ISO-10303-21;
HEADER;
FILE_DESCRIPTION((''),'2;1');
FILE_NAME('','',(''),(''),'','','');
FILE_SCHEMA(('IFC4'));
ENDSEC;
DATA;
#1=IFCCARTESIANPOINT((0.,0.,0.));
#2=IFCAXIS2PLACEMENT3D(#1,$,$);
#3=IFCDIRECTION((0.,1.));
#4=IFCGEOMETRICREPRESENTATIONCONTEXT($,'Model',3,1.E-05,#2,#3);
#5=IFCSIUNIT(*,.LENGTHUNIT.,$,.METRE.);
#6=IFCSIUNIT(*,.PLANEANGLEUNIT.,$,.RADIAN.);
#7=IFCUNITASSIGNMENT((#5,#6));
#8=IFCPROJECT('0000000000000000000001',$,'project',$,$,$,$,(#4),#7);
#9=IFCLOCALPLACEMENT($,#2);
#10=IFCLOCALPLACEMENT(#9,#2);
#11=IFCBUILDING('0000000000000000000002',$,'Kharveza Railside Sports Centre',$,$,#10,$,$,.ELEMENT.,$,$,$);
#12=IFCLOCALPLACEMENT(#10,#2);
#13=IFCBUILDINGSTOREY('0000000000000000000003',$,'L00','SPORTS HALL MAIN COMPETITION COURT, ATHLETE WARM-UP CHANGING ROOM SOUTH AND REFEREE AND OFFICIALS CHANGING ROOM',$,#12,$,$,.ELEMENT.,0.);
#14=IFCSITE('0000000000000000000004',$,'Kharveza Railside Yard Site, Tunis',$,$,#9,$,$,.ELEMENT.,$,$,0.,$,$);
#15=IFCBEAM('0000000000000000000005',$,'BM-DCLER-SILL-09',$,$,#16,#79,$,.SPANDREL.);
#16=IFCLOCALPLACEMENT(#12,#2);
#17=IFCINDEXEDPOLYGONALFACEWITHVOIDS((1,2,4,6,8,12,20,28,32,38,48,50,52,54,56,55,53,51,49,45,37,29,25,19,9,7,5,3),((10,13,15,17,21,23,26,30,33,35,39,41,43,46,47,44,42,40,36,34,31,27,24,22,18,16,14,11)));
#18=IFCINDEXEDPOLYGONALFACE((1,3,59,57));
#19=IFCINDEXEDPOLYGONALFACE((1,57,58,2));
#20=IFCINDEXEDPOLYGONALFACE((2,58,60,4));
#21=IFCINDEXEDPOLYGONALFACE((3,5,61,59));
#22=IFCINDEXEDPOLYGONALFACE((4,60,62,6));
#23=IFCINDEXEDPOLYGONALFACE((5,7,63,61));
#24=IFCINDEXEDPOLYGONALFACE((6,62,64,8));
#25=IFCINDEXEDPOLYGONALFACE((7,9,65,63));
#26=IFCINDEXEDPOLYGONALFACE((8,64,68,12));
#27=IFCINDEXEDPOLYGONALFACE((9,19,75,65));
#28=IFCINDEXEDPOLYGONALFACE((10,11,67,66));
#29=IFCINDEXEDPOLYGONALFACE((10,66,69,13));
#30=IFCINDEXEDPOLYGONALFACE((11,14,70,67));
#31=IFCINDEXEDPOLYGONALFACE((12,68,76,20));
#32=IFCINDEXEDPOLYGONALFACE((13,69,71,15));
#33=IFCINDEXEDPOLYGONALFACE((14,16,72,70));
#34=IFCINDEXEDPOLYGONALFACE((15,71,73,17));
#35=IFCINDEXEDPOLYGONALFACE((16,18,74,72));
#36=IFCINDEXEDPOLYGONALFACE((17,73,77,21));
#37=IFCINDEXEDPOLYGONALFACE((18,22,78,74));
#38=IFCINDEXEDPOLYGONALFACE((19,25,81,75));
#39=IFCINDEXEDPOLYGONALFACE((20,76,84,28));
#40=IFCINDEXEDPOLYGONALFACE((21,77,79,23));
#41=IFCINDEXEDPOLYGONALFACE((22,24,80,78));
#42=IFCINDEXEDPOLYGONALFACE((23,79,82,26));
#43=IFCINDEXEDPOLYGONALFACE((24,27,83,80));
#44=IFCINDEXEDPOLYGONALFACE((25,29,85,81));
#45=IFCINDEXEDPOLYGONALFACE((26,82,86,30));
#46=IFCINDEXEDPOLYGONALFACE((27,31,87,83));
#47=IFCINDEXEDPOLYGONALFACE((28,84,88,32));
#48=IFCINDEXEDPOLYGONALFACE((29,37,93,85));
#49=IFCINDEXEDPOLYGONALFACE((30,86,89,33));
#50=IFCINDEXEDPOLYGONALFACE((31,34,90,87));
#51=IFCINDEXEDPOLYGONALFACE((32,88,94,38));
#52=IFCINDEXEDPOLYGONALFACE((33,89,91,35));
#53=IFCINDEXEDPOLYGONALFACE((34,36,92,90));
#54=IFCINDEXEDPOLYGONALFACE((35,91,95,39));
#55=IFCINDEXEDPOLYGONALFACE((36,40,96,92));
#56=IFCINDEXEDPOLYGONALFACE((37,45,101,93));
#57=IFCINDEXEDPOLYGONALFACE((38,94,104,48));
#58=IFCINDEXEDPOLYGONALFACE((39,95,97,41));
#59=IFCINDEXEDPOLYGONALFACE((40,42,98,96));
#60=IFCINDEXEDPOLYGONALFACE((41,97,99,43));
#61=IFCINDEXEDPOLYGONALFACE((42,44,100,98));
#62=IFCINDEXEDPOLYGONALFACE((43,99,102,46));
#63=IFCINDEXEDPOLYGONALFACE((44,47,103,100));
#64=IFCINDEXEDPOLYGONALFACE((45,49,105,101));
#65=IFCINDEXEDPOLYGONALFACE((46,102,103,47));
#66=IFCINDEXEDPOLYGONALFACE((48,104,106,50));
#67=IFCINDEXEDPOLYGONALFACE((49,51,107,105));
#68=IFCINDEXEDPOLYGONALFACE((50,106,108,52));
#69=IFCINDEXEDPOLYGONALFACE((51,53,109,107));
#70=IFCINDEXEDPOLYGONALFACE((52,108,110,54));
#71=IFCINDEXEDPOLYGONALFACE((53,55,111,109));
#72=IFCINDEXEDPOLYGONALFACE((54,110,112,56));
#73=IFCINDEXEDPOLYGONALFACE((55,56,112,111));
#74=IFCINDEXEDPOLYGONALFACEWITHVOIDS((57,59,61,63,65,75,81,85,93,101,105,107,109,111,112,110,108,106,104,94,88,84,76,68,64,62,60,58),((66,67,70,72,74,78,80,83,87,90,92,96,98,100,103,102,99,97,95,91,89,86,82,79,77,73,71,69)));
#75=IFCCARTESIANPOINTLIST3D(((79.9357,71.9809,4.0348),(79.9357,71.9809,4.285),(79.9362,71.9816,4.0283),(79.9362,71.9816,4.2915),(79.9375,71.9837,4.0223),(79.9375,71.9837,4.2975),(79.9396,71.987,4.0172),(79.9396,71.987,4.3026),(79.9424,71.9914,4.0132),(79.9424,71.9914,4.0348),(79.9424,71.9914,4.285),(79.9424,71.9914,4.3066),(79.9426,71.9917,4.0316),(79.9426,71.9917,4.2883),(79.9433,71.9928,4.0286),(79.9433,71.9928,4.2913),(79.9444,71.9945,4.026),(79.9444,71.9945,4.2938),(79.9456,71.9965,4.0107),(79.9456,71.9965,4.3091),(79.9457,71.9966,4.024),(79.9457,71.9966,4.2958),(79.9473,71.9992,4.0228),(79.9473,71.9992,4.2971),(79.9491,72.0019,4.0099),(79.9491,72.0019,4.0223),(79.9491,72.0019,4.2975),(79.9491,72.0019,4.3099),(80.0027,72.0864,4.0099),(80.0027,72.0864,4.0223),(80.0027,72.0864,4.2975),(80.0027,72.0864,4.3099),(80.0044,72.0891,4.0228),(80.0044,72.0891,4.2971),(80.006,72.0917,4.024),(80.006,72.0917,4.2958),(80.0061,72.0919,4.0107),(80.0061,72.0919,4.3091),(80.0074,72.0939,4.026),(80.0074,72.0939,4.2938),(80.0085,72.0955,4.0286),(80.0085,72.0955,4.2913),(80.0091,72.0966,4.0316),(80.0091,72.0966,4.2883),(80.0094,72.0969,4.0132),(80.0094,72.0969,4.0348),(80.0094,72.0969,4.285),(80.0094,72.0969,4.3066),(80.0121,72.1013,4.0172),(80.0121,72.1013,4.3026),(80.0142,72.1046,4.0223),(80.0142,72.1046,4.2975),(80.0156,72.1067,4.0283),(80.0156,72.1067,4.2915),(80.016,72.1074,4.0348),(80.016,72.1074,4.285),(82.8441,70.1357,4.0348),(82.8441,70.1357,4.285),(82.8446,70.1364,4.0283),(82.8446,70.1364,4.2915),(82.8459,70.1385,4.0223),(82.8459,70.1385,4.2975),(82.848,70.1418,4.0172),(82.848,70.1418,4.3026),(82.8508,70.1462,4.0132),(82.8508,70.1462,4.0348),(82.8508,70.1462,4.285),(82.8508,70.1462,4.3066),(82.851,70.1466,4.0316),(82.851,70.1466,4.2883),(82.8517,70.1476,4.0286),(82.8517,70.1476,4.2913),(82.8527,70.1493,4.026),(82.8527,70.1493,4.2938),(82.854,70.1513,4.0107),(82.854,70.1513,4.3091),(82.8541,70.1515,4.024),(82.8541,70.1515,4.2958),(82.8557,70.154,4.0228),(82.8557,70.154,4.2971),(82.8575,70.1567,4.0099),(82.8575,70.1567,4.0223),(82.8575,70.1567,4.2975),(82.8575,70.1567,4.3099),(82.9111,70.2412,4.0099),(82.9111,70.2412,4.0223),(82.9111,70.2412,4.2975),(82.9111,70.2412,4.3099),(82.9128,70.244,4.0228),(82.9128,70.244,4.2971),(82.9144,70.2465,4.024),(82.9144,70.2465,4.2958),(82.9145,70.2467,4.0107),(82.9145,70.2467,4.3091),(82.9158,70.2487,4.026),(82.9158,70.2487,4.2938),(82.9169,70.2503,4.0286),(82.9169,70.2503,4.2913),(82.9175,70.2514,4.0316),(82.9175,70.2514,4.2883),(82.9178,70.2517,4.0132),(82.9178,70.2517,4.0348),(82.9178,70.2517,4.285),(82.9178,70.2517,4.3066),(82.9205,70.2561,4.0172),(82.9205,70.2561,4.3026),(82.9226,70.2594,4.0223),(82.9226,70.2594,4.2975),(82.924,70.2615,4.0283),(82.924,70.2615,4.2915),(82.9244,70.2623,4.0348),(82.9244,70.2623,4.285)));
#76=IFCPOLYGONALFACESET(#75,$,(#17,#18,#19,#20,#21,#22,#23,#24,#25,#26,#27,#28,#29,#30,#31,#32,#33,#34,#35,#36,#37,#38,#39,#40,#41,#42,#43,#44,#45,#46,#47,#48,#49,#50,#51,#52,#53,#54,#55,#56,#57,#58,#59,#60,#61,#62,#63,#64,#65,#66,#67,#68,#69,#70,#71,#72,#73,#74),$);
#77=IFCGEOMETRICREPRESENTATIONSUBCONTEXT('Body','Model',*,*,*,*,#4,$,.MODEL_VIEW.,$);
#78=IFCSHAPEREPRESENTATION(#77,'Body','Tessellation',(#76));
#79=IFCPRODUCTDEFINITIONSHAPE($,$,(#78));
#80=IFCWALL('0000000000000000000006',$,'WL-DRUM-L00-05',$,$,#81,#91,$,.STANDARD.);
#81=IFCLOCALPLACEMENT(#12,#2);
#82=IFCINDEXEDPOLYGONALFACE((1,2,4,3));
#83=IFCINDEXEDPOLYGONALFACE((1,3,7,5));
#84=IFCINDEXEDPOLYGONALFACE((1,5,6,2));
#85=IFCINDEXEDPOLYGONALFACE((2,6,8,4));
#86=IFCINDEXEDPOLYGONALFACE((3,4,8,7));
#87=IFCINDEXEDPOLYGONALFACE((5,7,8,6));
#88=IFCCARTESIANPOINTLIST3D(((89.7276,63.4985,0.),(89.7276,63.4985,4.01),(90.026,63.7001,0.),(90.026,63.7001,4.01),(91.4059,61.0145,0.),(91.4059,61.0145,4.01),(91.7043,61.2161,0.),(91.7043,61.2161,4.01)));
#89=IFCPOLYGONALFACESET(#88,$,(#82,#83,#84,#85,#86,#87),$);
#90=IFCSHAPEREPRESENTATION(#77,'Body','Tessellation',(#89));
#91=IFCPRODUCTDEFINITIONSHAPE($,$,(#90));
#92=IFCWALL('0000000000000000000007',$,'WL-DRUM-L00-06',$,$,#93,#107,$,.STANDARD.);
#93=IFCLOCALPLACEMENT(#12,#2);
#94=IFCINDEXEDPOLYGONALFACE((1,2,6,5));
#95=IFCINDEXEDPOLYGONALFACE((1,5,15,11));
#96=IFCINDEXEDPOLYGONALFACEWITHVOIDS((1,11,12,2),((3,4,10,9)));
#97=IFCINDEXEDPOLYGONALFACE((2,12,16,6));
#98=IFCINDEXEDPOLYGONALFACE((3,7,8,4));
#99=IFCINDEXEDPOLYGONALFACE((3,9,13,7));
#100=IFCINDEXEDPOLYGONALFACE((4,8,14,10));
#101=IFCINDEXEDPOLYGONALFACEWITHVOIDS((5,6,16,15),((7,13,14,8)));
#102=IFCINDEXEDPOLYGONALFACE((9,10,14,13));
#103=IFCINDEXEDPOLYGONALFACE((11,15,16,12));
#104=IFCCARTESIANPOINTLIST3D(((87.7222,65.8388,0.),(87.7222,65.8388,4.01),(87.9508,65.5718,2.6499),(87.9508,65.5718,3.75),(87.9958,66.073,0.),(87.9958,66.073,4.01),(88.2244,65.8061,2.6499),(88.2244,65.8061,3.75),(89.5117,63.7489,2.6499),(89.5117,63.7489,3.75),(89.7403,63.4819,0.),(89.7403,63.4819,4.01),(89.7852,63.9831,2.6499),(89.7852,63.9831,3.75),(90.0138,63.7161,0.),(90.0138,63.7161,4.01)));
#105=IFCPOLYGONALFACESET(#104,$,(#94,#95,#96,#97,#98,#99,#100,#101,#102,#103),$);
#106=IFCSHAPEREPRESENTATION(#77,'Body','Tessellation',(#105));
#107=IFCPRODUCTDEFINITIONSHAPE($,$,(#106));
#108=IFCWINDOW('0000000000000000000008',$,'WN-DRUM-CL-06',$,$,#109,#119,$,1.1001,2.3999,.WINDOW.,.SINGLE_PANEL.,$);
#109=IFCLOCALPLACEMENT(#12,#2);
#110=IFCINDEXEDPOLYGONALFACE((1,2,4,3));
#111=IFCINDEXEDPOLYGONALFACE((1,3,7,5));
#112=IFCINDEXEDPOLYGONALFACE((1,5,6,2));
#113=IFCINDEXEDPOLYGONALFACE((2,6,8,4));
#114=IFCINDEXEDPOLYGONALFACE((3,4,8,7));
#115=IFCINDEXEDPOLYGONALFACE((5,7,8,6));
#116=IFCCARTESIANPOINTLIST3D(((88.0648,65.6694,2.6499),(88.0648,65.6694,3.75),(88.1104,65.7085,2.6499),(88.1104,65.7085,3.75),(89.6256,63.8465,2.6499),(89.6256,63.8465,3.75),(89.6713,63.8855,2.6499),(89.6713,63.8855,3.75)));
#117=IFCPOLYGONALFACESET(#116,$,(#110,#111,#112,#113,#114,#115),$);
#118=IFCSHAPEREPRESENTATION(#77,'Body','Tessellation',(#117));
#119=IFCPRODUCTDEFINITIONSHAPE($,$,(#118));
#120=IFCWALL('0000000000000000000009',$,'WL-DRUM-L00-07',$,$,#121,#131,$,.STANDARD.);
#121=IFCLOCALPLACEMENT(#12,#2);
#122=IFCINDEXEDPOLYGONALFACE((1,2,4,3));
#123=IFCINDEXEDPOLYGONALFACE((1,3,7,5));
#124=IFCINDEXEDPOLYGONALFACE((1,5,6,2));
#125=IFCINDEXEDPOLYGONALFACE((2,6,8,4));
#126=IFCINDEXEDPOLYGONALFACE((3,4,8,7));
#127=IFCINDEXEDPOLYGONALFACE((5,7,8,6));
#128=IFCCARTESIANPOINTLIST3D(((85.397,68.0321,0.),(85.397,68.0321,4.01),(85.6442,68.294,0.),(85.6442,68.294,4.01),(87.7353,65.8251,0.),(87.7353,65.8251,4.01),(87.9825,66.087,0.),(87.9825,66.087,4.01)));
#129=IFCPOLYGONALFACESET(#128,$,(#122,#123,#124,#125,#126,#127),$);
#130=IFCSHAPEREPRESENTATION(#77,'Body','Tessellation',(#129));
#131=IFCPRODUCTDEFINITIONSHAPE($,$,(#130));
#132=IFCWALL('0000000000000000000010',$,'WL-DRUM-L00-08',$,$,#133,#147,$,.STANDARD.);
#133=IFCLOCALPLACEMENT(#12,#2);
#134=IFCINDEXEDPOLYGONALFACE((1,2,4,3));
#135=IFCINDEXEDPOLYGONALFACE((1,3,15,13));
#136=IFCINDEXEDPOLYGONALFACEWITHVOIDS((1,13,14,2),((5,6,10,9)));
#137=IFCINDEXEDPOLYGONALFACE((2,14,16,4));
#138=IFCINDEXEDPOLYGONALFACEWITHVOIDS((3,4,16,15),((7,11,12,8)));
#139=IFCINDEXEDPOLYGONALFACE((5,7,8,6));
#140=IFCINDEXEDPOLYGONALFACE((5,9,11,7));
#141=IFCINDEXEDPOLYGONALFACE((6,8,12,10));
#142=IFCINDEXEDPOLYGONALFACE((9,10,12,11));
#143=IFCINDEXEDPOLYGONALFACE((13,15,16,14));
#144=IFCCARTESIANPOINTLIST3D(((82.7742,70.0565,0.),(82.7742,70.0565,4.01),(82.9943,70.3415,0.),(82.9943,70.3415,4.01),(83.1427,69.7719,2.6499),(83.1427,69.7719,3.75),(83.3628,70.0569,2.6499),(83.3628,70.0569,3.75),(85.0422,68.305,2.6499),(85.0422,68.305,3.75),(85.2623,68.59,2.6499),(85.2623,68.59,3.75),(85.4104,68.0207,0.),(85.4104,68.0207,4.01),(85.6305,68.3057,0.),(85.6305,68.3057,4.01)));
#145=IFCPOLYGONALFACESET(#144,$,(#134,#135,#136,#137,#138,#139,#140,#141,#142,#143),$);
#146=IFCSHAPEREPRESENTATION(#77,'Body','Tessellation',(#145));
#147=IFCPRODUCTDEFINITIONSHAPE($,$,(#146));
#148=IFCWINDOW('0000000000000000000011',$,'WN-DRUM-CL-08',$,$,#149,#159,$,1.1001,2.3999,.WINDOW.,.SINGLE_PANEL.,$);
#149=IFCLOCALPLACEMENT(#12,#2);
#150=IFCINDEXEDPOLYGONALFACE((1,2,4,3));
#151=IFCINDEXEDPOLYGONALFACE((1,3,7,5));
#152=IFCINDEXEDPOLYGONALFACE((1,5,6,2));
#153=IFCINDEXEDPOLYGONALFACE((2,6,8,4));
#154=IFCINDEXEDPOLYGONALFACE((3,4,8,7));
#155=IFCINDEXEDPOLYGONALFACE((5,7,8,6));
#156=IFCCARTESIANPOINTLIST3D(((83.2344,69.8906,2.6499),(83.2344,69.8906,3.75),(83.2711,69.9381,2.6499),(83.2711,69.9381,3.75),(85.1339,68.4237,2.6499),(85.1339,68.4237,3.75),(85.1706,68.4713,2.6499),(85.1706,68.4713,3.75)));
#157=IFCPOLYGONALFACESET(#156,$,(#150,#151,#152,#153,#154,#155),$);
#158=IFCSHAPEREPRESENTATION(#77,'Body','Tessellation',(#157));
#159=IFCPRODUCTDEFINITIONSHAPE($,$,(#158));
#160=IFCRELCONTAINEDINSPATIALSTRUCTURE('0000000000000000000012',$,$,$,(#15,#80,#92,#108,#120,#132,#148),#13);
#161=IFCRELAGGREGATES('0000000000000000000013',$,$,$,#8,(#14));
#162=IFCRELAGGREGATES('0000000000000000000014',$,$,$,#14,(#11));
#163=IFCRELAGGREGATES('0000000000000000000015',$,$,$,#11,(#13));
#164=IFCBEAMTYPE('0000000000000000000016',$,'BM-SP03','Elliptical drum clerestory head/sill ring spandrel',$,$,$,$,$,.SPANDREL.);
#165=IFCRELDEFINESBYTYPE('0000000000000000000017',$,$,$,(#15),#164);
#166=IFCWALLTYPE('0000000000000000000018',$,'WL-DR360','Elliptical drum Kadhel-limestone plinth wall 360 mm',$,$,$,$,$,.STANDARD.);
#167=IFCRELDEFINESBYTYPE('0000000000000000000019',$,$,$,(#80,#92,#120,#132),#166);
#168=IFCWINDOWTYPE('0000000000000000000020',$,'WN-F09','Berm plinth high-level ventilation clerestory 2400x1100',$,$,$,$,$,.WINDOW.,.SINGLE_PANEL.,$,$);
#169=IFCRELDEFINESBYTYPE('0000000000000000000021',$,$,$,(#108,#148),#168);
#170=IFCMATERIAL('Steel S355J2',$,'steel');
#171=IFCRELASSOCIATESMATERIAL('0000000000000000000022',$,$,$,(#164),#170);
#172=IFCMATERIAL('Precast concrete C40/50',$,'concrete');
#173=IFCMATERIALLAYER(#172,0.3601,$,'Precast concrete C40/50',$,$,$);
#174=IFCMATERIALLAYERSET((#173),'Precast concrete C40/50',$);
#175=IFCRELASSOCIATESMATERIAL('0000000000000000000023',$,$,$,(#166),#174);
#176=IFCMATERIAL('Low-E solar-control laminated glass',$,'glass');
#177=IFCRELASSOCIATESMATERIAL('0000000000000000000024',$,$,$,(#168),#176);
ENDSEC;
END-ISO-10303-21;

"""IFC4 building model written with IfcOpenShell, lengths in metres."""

from ifc_helpers import new_model, si_unit, direction, frame, frame_2d, origin, origin_2d, place, context, subcontext, project, spatial, rectangle, hollow_rectangle, extrude, material, layer, layer_set, material_profile, profile_set, type_object, element, fill, save


model = new_model("IFC4")

# Units and contexts
model_context = context("Model", 3, precision=1e-05, world=origin(), true_north=direction((0.0, 1.0)))
body_context = subcontext(model_context, "Body", "Model", "MODEL_VIEW")
ifc_project = project(units=[si_unit("LENGTHUNIT", "METRE"), si_unit("PLANEANGLEUNIT", "RADIAN")], contexts=[model_context])

# Site, building, storey
site_placement = place(None, origin())
site = spatial("IfcSite", under=ifc_project, at=site_placement, Name="Kharveza Railside Yard Site, Tunis", CompositionType="ELEMENT", RefElevation=0.0)
building_placement = place(site_placement, origin())
building = spatial("IfcBuilding", under=site, at=building_placement, Name="Kharveza Railside Sports Centre", CompositionType="ELEMENT")
storey_placement = place(building_placement, origin())
storey = spatial("IfcBuildingStorey", under=building, at=storey_placement, Name="L00", Description="SPORTS HALL MAIN COMPETITION COURT, ATHLETE WARM-UP CHANGING ROOM SOUTH AND REFEREE AND OFFICIALS CHANGING ROOM", CompositionType="ELEMENT", Elevation=0.0)

# Beam
ifc_material_1 = material(Name="Steel S355J2", Category="steel")
ifc_material_profile_1 = material_profile(ifc_material_1, hollow_rectangle(XDim=0.1499, YDim=0.3, WallThickness=0.0125, InnerFilletRadius=0.0125, OuterFilletRadius=0.0249, at=origin_2d()), Name="RHS 150x300x12.5")
ifc_profile_set_1 = profile_set([ifc_material_profile_1], Name="Steel S355J2")
beam_type_1 = type_object("IfcBeamType", Name="BM-SP03", Description="Elliptical drum clerestory head/sill ring spandrel", PredefinedType="SPANDREL", material=ifc_profile_set_1)
beam_1_placement = place(storey_placement, frame((82.8843, 70.199, 4.1599), z_axis=(-0.844399, 0.535715, 0.0), x_axis=(-0.535715, -0.844399, 0.0)))
element("IfcBeam", 1, at=beam_1_placement, inside=storey, type_object=beam_type_1, Name="BM-DCLER-SILL-09", PredefinedType="SPANDREL", context=body_context, shape_type="SweptSolid", body=[
    extrude(hollow_rectangle(XDim=0.1499, YDim=0.3, WallThickness=0.0125, InnerFilletRadius=0.0125, OuterFilletRadius=0.0249, at=origin_2d()), origin(), (0.0, 0.0, 1.0), 3.4443),
])

# Wall
ifc_material_2 = material(Name="Precast concrete C40/50", Category="concrete")
ifc_layer = layer(ifc_material_2, 0.3601, Name="Precast concrete C40/50")
ifc_layer_set = layer_set([ifc_layer], Name="Precast concrete C40/50")
wall_type = type_object("IfcWallType", Name="WL-DR360", Description="Elliptical drum Kadhel-limestone plinth wall 360 mm", PredefinedType="STANDARD", material=ifc_layer_set)
wall_1_placement = place(storey_placement, frame((91.5552, 61.1152, 0.0), z_axis=(0.0, 0.0, 1.0), x_axis=(-0.559839, 0.828601, 0.0)))
element("IfcWall", 2, at=wall_1_placement, inside=storey, type_object=wall_type, Name="WL-DRUM-L00-05", PredefinedType="STANDARD", context=body_context, shape_type="SweptSolid", body=[
    extrude(rectangle(XDim=2.9978, YDim=0.3601, at=frame_2d((1.499, 0.0))), origin(), (0.0, 0.0, 1.0), 4.01),
])

# Wall, opening, window
wall_2_placement = place(storey_placement, frame((89.877, 63.5991, 0.0), z_axis=(0.0, 0.0, 1.0), x_axis=(-0.65039, 0.759601, 0.0)))
wall_2 = element("IfcWall", 3, at=wall_2_placement, inside=storey, type_object=wall_type, Name="WL-DRUM-L00-06", PredefinedType="STANDARD", context=body_context, shape_type="SweptSolid", body=[
    extrude(rectangle(XDim=3.1028, YDim=0.3601, at=frame_2d((1.5513, 0.0))), origin(), (0.0, 0.0, 1.0), 4.01),
])
opening_1_placement = place(wall_2_placement, frame((0.3513, 0.0, 2.6499)))
opening_1 = element("IfcOpeningElement", 4, at=opening_1_placement, cuts=wall_2, PredefinedType="OPENING", context=body_context, shape_type="SweptSolid", body=[
    extrude(rectangle(XDim=2.3999, YDim=1.1001, at=frame_2d((1.2, 0.55))), frame((0.0, 0.2051, 0.0), z_axis=(0.0, -1.0, 0.0), x_axis=(1.0, 0.0, 0.0)), (0.0, 0.0, 1.0), 0.4099),
])
ifc_material_3 = material(Name="Low-E solar-control laminated glass", Category="glass")
window_type = type_object("IfcWindowType", Name="WN-F09", Description="Berm plinth high-level ventilation clerestory 2400x1100", PartitioningType="SINGLE_PANEL", PredefinedType="WINDOW", material=ifc_material_3)
window_1_placement = place(opening_1_placement, origin())
window_1 = element("IfcWindow", 5, at=window_1_placement, inside=storey, type_object=window_type, Name="WN-DRUM-CL-06", OverallHeight=1.1001, OverallWidth=2.3999, PartitioningType="SINGLE_PANEL", PredefinedType="WINDOW", context=body_context, shape_type="SweptSolid", body=[
    extrude(rectangle(XDim=2.3999, YDim=1.1001, at=frame_2d((1.2, 0.55))), frame((0.0, 0.03, 0.0), z_axis=(0.0, -1.0, 0.0), x_axis=(1.0, 0.0, 0.0)), (0.0, 0.0, 1.0), 0.0601),
])
fill(opening_1, window_1)

# Wall
wall_3_placement = place(storey_placement, frame((87.8589, 65.9561, 0.0), z_axis=(0.0, 0.0, 1.0), x_axis=(-0.727236, 0.686387, 0.0)))
element("IfcWall", 6, at=wall_3_placement, inside=storey, type_object=wall_type, Name="WL-DRUM-L00-07", PredefinedType="STANDARD", context=body_context, shape_type="SweptSolid", body=[
    extrude(rectangle(XDim=3.2153, YDim=0.3601, at=frame_2d((1.6077, 0.0))), origin(), (0.0, 0.0, 1.0), 4.01),
])

# Wall, opening, window
wall_4_placement = place(storey_placement, frame((85.5205, 68.1631, 0.0), z_axis=(0.0, 0.0, 1.0), x_axis=(-0.791459, 0.611222, 0.0)))
wall_4 = element("IfcWall", 7, at=wall_4_placement, inside=storey, type_object=wall_type, Name="WL-DRUM-L00-08", PredefinedType="STANDARD", context=body_context, shape_type="SweptSolid", body=[
    extrude(rectangle(XDim=3.3308, YDim=0.3601, at=frame_2d((1.6655, 0.0))), origin(), (0.0, 0.0, 1.0), 4.01),
])
opening_2_placement = place(wall_4_placement, frame((0.4653, 0.0, 2.6499)))
opening_2 = element("IfcOpeningElement", 8, at=opening_2_placement, cuts=wall_4, PredefinedType="OPENING", context=body_context, shape_type="SweptSolid", body=[
    extrude(rectangle(XDim=2.3999, YDim=1.1001, at=frame_2d((1.2, 0.55))), frame((0.0, 0.2051, 0.0), z_axis=(0.0, -1.0, 0.0), x_axis=(1.0, 0.0, 0.0)), (0.0, 0.0, 1.0), 0.4099),
])
window_2_placement = place(opening_2_placement, origin())
window_2 = element("IfcWindow", 9, at=window_2_placement, inside=storey, type_object=window_type, Name="WN-DRUM-CL-08", OverallHeight=1.1001, OverallWidth=2.3999, PartitioningType="SINGLE_PANEL", PredefinedType="WINDOW", context=body_context, shape_type="SweptSolid", body=[
    extrude(rectangle(XDim=2.3999, YDim=1.1001, at=frame_2d((1.2, 0.55))), frame((0.0, 0.03, 0.0), z_axis=(0.0, -1.0, 0.0), x_axis=(1.0, 0.0, 0.0)), (0.0, 0.0, 1.0), 0.0601),
])
fill(opening_2, window_2)

save(model, "model.ifc")
